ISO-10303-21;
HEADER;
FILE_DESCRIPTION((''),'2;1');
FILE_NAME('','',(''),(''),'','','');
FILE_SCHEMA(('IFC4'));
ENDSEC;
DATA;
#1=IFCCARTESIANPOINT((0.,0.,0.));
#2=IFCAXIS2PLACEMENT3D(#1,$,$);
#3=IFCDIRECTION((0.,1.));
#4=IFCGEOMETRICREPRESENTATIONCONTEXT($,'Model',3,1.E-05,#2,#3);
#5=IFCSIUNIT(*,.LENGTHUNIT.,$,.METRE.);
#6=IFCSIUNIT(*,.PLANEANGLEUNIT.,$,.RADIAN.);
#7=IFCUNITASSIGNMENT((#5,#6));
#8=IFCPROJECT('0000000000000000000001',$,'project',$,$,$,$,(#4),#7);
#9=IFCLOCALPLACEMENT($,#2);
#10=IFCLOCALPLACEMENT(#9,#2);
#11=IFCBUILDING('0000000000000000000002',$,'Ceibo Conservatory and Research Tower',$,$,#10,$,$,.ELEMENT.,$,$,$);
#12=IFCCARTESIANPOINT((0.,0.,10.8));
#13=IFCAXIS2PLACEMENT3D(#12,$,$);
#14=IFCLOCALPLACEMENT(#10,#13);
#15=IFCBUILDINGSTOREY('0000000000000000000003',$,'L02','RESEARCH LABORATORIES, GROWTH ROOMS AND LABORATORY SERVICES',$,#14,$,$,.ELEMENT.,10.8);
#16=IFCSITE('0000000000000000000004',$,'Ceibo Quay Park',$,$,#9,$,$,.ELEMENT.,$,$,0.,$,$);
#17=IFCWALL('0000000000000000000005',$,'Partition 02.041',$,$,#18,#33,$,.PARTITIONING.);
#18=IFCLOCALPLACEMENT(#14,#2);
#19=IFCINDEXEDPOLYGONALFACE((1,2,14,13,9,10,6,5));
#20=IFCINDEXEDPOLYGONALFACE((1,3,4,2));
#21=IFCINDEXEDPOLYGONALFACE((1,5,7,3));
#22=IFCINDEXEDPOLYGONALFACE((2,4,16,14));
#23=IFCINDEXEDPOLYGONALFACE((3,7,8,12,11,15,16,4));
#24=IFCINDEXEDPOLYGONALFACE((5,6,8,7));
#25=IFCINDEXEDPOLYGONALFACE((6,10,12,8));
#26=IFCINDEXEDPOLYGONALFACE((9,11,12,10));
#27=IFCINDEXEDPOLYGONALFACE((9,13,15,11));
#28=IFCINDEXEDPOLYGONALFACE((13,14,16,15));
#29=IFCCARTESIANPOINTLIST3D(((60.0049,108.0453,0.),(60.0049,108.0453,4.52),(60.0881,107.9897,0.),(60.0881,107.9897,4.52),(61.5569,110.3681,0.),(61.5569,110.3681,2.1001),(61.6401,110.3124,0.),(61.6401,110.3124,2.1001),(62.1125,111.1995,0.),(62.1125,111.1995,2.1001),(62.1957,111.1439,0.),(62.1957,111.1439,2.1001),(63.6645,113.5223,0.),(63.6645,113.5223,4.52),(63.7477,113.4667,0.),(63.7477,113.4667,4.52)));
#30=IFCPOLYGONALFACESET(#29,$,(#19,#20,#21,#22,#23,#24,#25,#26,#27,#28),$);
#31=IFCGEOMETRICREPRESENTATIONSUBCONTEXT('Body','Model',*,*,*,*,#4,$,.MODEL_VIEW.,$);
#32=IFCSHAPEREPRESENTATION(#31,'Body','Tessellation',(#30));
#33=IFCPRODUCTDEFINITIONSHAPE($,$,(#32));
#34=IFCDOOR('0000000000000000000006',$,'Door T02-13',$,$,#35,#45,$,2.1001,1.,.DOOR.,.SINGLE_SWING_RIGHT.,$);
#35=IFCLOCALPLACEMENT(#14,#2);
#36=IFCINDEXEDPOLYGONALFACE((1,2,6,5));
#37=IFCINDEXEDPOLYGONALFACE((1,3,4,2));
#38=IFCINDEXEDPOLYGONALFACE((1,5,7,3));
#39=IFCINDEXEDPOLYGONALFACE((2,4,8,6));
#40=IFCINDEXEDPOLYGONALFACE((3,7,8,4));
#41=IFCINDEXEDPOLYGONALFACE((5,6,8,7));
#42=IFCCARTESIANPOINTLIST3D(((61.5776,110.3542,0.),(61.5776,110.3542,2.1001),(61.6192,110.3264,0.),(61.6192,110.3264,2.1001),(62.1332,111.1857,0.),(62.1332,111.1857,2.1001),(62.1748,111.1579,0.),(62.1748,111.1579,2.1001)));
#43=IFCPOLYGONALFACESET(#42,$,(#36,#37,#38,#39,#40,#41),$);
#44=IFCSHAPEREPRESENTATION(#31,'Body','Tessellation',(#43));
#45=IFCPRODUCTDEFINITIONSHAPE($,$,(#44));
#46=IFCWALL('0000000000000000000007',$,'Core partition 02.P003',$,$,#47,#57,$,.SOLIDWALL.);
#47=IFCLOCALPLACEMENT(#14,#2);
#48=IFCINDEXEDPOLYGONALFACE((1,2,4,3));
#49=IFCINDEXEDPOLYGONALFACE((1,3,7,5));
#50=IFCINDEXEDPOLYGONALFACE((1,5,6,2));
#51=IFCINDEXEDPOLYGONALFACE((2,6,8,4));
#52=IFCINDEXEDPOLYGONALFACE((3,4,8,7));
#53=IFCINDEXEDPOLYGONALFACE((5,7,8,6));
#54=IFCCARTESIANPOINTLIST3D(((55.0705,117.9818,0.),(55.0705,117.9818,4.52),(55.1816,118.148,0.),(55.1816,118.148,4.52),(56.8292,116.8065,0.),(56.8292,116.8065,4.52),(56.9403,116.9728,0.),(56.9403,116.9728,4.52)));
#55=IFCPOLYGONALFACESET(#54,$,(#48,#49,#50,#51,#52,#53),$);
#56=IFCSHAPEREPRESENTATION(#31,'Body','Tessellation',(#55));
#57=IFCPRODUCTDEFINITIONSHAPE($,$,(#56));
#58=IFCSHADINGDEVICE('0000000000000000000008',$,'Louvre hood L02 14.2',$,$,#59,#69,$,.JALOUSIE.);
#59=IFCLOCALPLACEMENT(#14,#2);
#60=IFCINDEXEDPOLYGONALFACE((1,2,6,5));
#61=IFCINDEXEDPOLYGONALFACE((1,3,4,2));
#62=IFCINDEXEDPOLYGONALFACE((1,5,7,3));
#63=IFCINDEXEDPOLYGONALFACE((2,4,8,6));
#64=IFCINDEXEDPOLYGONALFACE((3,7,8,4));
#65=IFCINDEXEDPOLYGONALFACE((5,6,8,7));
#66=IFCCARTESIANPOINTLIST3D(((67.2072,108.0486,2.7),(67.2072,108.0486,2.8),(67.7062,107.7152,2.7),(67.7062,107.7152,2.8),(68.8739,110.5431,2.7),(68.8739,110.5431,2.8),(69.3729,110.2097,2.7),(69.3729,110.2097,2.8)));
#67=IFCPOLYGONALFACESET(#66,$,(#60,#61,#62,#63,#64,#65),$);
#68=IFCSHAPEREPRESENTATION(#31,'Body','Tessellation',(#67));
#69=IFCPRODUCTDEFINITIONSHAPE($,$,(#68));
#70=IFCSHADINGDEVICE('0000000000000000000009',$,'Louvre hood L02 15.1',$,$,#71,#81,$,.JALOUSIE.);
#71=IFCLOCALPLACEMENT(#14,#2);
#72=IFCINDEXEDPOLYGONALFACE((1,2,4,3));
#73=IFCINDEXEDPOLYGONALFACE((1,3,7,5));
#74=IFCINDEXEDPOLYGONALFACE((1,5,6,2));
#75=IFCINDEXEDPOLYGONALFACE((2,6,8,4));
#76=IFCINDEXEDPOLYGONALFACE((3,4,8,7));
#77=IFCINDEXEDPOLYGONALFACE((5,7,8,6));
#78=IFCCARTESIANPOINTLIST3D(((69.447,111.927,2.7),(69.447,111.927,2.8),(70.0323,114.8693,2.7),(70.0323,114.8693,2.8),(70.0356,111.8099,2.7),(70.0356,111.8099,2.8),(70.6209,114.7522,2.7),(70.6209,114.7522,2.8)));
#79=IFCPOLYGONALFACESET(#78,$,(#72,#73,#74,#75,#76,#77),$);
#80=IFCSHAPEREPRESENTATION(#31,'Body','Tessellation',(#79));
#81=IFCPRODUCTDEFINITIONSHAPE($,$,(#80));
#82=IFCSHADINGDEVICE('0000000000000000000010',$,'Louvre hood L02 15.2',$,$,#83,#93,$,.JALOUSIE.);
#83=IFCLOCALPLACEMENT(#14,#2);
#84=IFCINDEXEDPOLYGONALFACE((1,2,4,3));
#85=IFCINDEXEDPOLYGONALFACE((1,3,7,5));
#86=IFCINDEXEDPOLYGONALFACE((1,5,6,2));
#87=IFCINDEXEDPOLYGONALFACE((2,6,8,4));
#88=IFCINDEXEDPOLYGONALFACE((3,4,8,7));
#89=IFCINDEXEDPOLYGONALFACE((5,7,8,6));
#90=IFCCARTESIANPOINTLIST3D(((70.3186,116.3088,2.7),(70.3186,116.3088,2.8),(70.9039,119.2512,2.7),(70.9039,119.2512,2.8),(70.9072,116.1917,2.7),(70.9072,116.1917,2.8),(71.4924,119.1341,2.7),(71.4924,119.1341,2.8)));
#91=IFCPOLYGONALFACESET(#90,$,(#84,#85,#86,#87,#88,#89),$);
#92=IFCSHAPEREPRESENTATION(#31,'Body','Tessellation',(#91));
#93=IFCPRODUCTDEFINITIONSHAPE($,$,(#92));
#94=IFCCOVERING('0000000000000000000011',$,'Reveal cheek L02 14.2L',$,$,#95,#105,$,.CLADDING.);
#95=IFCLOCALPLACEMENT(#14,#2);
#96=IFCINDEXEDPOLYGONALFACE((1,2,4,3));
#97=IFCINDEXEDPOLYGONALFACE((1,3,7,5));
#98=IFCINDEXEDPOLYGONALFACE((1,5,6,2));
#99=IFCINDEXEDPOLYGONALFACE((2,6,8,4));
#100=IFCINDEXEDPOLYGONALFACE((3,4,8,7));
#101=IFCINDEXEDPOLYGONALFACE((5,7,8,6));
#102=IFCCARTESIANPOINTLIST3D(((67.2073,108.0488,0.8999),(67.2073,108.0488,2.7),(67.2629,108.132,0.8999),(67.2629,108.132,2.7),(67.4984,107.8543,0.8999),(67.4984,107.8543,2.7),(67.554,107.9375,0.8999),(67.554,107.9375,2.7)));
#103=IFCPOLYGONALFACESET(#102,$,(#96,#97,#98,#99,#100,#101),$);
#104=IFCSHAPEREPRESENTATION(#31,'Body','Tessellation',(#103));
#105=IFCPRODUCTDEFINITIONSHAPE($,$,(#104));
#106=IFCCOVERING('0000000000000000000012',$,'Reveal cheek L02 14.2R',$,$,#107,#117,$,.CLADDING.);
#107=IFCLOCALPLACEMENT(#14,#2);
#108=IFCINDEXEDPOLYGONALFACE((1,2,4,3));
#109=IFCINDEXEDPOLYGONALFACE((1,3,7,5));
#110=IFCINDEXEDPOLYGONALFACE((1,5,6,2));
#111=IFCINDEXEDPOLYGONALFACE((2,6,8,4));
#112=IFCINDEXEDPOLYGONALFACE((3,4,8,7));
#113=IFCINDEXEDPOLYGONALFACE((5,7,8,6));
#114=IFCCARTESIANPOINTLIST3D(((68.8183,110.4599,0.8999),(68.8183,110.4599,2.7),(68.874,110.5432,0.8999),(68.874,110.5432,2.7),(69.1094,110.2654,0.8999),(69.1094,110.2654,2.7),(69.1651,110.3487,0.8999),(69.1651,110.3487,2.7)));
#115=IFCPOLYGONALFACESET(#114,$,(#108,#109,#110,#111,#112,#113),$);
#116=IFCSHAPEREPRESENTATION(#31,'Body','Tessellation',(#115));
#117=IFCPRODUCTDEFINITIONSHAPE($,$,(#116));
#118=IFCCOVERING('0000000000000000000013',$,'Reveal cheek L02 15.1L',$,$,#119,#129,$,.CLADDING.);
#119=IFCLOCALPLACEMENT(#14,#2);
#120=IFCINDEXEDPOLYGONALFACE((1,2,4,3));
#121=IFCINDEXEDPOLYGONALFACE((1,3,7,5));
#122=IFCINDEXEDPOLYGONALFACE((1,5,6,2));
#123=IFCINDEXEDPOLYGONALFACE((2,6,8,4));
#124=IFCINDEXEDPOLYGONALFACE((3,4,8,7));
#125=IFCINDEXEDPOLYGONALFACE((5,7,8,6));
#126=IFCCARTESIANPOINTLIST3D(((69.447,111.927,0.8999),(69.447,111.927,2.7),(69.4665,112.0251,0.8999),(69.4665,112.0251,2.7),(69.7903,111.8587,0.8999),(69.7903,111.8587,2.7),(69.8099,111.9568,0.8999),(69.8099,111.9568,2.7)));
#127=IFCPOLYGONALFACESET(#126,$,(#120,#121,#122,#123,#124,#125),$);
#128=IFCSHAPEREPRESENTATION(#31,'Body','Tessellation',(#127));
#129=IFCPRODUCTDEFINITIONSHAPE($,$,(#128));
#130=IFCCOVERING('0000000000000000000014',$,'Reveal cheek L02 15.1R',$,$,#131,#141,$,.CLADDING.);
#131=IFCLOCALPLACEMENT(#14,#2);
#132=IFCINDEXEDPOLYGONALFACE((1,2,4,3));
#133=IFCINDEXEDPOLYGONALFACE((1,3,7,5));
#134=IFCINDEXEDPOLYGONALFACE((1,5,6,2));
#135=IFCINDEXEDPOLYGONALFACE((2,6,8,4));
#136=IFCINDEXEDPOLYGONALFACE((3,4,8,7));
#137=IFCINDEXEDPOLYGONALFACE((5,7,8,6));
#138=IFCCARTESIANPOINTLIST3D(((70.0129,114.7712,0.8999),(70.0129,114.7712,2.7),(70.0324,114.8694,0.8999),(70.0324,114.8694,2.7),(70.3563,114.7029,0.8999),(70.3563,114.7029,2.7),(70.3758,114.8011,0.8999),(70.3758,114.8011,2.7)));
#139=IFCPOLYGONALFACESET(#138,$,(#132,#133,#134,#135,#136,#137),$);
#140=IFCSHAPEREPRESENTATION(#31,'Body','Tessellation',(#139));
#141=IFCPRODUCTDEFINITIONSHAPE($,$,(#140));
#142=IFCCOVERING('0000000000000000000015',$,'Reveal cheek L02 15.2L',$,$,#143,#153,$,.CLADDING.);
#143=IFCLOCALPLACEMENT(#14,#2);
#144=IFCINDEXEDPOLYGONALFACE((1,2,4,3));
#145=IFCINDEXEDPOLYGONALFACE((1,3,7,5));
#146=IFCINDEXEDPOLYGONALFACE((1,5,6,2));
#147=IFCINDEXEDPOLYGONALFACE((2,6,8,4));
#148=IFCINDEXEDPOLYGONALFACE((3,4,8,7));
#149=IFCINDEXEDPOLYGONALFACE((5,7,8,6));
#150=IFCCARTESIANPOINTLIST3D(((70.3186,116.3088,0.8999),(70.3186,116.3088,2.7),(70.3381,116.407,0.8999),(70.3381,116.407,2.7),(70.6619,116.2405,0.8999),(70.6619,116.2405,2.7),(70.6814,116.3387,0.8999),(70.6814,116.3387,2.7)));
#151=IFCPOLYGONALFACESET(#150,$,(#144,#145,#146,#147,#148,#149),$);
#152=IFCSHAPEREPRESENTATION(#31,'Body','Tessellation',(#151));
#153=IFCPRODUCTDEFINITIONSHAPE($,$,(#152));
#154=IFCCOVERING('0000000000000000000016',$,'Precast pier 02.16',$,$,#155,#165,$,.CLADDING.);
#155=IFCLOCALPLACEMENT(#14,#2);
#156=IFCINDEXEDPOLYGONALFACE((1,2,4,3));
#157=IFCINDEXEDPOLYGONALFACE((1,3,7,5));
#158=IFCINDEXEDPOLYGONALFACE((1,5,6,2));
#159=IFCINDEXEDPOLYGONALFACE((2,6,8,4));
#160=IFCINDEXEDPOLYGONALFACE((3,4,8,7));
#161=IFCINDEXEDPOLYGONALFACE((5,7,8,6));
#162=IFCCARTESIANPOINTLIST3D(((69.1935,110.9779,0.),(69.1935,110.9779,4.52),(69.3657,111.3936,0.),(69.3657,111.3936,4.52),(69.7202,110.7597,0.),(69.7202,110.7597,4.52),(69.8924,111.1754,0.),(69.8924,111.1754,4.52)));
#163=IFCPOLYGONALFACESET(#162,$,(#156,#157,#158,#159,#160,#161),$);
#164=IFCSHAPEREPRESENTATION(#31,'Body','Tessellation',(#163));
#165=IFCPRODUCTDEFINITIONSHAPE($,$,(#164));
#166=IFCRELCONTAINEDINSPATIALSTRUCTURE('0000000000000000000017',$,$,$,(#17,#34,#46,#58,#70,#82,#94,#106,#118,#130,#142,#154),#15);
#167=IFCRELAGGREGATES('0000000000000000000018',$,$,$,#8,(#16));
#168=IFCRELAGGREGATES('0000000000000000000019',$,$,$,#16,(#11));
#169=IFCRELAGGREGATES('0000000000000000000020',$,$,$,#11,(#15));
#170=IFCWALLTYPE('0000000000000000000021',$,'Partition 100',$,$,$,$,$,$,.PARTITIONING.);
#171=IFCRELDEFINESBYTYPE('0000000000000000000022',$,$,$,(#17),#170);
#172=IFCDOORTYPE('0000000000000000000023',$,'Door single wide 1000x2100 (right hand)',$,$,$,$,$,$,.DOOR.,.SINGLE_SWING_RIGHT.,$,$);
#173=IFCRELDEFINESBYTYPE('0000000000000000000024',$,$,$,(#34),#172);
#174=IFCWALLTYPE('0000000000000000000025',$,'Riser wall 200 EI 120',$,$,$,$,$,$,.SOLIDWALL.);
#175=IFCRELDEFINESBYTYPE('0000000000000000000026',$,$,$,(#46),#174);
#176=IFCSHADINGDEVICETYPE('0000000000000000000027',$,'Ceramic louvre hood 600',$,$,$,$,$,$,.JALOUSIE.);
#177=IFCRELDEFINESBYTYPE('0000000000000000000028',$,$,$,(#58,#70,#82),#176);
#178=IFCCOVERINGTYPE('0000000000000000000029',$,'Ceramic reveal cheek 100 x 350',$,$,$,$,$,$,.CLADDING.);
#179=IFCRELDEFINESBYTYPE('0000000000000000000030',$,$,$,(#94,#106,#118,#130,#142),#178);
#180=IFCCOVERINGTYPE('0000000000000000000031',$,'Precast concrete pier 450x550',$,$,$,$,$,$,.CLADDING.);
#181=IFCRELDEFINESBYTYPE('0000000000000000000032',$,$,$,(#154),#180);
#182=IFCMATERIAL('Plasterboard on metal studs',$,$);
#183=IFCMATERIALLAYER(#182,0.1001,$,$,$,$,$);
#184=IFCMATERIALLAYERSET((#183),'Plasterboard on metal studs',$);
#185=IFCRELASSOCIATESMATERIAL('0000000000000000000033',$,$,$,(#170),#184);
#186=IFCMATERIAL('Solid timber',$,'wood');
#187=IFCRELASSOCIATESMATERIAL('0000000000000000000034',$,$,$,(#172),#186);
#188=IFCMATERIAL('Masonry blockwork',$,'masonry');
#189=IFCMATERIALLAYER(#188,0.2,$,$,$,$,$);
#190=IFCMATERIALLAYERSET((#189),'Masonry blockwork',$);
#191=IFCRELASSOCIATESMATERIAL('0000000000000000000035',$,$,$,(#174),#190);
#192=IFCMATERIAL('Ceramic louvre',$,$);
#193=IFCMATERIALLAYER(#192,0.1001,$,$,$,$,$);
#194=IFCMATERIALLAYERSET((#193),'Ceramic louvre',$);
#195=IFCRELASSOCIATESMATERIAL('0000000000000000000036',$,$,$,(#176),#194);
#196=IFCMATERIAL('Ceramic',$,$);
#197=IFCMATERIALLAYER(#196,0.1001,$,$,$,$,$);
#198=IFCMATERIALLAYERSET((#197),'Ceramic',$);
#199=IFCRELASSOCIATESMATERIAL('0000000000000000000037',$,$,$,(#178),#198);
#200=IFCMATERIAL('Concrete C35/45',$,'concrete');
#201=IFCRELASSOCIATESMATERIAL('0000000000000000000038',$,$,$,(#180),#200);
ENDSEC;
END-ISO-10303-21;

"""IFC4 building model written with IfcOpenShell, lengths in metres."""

from ifc_helpers import new_model, si_unit, direction, frame, frame_2d, origin, origin_2d, place, context, subcontext, project, spatial, rectangle, extrude, material, layer, layer_set, type_object, element, fill, save


model = new_model("IFC4")

# Units and contexts
model_context = context("Model", 3, precision=1e-05, world=origin(), true_north=direction((0.0, 1.0)))
body_context = subcontext(model_context, "Body", "Model", "MODEL_VIEW")
ifc_project = project(units=[si_unit("LENGTHUNIT", "METRE"), si_unit("PLANEANGLEUNIT", "RADIAN")], contexts=[model_context])

# Site, building, storey
site_placement = place(None, origin())
site = spatial("IfcSite", under=ifc_project, at=site_placement, Name="Ceibo Quay Park", CompositionType="ELEMENT", RefElevation=0.0)
building_placement = place(site_placement, origin())
building = spatial("IfcBuilding", under=site, at=building_placement, Name="Ceibo Conservatory and Research Tower", CompositionType="ELEMENT")
storey_placement = place(building_placement, frame((0.0, 0.0, 10.8)))
storey = spatial("IfcBuildingStorey", under=building, at=storey_placement, Name="L02", Description="RESEARCH LABORATORIES, GROWTH ROOMS AND LABORATORY SERVICES", CompositionType="ELEMENT", Elevation=10.8)

# Shared definitions
ifc_material_1 = material(Name="Concrete C35/45", Category="concrete")

# Shared definitions
ifc_material_2 = material(Name="Masonry blockwork", Category="masonry")
ifc_material_3 = material(Name="Solid timber", Category="wood")

# Wall, opening, door
ifc_material_4 = material(Name="Plasterboard on metal studs")
ifc_layer_1 = layer(ifc_material_4, 0.1001)
ifc_layer_set_1 = layer_set([ifc_layer_1], Name="Plasterboard on metal studs")
wall_type_1 = type_object("IfcWallType", Name="Partition 100", PredefinedType="PARTITIONING", material=ifc_layer_set_1)
wall_1_placement = place(storey_placement, frame((63.7061, 113.4944, 0.0), z_axis=(0.0, 0.0, 1.0), x_axis=(-0.555572, -0.831468, 0.0)))
wall_1 = element("IfcWall", 1, at=wall_1_placement, inside=storey, type_object=wall_type_1, Name="Partition 02.041", PredefinedType="PARTITIONING", context=body_context, shape_type="SweptSolid", body=[
    extrude(rectangle(XDim=6.5872, YDim=0.1001, at=frame_2d((3.2935, 0.0))), origin(), (0.0, 0.0, 1.0), 4.52),
])
opening_1_placement = place(wall_1_placement, frame((2.7935, 0.0, 0.0)))
opening_1 = element("IfcOpeningElement", 2, at=opening_1_placement, cuts=wall_1, PredefinedType="OPENING", context=body_context, shape_type="SweptSolid", body=[
    extrude(rectangle(XDim=1.0, YDim=2.1001, at=frame_2d((0.5, 1.05))), frame((0.0, 0.0601, 0.0), z_axis=(0.0, -1.0, 0.0), x_axis=(1.0, 0.0, 0.0)), (0.0, 0.0, 1.0), 0.1201),
])
door_type_1 = type_object("IfcDoorType", Name="Door single wide 1000x2100 (right hand)", OperationType="SINGLE_SWING_RIGHT", PredefinedType="DOOR", material=ifc_material_3)
door_1_placement = place(opening_1_placement, origin())
door_1 = element("IfcDoor", 3, at=door_1_placement, inside=storey, type_object=door_type_1, Name="Door T02-13", OperationType="SINGLE_SWING_RIGHT", OverallHeight=2.1001, OverallWidth=1.0, PredefinedType="DOOR", context=body_context, shape_type="SweptSolid", body=[
    extrude(rectangle(XDim=1.0, YDim=2.1001, at=frame_2d((0.5, 1.05))), frame((0.0, 0.0249, 0.0), z_axis=(0.0, -1.0, 0.0), x_axis=(1.0, 0.0, 0.0)), (0.0, 0.0, 1.0), 0.05),
])
fill(opening_1, door_1)

# Wall
ifc_layer_2 = layer(ifc_material_2, 0.2)
ifc_layer_set_2 = layer_set([ifc_layer_2], Name="Masonry blockwork")
wall_type_2 = type_object("IfcWallType", Name="Riser wall 200 EI 120", PredefinedType="SOLIDWALL", material=ifc_layer_set_2)
wall_2_placement = place(storey_placement, frame((56.8848, 116.8896, 0.0), z_axis=(0.0, 0.0, 1.0), x_axis=(-0.831446, 0.555605, 0.0)))
element("IfcWall", 4, at=wall_2_placement, inside=storey, type_object=wall_type_2, Name="Core partition 02.P003", PredefinedType="SOLIDWALL", context=body_context, shape_type="SweptSolid", body=[
    extrude(rectangle(XDim=2.1152, YDim=0.2, at=frame_2d((1.0576, 0.0))), origin(), (0.0, 0.0, 1.0), 4.52),
])

# Shading devices
ifc_material_5 = material(Name="Ceramic louvre")
ifc_layer_3 = layer(ifc_material_5, 0.1001)
ifc_layer_set_3 = layer_set([ifc_layer_3], Name="Ceramic louvre")
shading_device_type = type_object("IfcShadingDeviceType", Name="Ceramic louvre hood 600", PredefinedType="JALOUSIE", material=ifc_layer_set_3)
for number, where, z_axis, x_axis, name in (
    (5, (68.29, 109.1292, 2.7), (0.0, 0.0, 1.0), (0.55557, 0.83147, 0.0), "Louvre hood L02 14.2"),
    (6, (70.0339, 113.3396, 2.7), (0.0, 0.0, 1.0), (0.19509, 0.980785, 0.0), "Louvre hood L02 15.1"),
    (7, (70.9055, 117.7214, 2.7), (0.0, 0.0, 1.0), (0.19509, 0.980785, 0.0), "Louvre hood L02 15.2"),
):
    element("IfcShadingDevice", number, at=place(storey_placement, frame(where, z_axis=z_axis, x_axis=x_axis)), inside=storey, type_object=shading_device_type, Name=name, PredefinedType="JALOUSIE", context=body_context, shape_type="SweptSolid", body=[
        extrude(rectangle(XDim=3.0, YDim=0.6001, at=origin_2d()), origin(), (0.0, 0.0, 1.0), 0.1001),
    ])

# Coverings
ifc_material_6 = material(Name="Ceramic")
ifc_layer_4 = layer(ifc_material_6, 0.1001)
ifc_layer_set_4 = layer_set([ifc_layer_4], Name="Ceramic")
covering_type_1 = type_object("IfcCoveringType", Name="Ceramic reveal cheek 100 x 350", PredefinedType="CLADDING", material=ifc_layer_set_4)
for number, where, z_axis, x_axis, name in (
    (8, (67.3806, 107.9932, 0.8999), (0.0, 0.0, 1.0), (0.55557, 0.83147, 0.0), "Reveal cheek L02 14.2L"),
    (9, (68.9917, 110.4043, 0.8999), (0.0, 0.0, 1.0), (0.55557, 0.83147, 0.0), "Reveal cheek L02 14.2R"),
    (10, (69.6284, 111.9419, 0.8999), (0.0, 0.0, 1.0), (0.19509, 0.980785, 0.0), "Reveal cheek L02 15.1L"),
    (11, (70.1943, 114.7861, 0.8999), (0.0, 0.0, 1.0), (0.19509, 0.980785, 0.0), "Reveal cheek L02 15.1R"),
    (12, (70.5, 116.3237, 0.8999), (0.0, 0.0, 1.0), (0.19509, 0.980785, 0.0), "Reveal cheek L02 15.2L"),
):
    element("IfcCovering", number, at=place(storey_placement, frame(where, z_axis=z_axis, x_axis=x_axis)), inside=storey, type_object=covering_type_1, Name=name, PredefinedType="CLADDING", context=body_context, shape_type="SweptSolid", body=[
        extrude(rectangle(XDim=0.1001, YDim=0.3501, at=origin_2d()), origin(), (0.0, 0.0, 1.0), 1.8),
    ])
covering_type_2 = type_object("IfcCoveringType", Name="Precast concrete pier 450x550", PredefinedType="CLADDING", material=ifc_material_1)
covering_placement = place(storey_placement, frame((69.543, 111.0767, 0.0), z_axis=(0.0, 0.0, 1.0), x_axis=(0.92388, -0.382683, 0.0)))
element("IfcCovering", 13, at=covering_placement, inside=storey, type_object=covering_type_2, Name="Precast pier 02.16", PredefinedType="CLADDING", context=body_context, shape_type="SweptSolid", body=[
    extrude(rectangle(XDim=0.5701, YDim=0.45, at=origin_2d()), origin(), (0.0, 0.0, 1.0), 4.52),
])

save(model, "model.ifc")
